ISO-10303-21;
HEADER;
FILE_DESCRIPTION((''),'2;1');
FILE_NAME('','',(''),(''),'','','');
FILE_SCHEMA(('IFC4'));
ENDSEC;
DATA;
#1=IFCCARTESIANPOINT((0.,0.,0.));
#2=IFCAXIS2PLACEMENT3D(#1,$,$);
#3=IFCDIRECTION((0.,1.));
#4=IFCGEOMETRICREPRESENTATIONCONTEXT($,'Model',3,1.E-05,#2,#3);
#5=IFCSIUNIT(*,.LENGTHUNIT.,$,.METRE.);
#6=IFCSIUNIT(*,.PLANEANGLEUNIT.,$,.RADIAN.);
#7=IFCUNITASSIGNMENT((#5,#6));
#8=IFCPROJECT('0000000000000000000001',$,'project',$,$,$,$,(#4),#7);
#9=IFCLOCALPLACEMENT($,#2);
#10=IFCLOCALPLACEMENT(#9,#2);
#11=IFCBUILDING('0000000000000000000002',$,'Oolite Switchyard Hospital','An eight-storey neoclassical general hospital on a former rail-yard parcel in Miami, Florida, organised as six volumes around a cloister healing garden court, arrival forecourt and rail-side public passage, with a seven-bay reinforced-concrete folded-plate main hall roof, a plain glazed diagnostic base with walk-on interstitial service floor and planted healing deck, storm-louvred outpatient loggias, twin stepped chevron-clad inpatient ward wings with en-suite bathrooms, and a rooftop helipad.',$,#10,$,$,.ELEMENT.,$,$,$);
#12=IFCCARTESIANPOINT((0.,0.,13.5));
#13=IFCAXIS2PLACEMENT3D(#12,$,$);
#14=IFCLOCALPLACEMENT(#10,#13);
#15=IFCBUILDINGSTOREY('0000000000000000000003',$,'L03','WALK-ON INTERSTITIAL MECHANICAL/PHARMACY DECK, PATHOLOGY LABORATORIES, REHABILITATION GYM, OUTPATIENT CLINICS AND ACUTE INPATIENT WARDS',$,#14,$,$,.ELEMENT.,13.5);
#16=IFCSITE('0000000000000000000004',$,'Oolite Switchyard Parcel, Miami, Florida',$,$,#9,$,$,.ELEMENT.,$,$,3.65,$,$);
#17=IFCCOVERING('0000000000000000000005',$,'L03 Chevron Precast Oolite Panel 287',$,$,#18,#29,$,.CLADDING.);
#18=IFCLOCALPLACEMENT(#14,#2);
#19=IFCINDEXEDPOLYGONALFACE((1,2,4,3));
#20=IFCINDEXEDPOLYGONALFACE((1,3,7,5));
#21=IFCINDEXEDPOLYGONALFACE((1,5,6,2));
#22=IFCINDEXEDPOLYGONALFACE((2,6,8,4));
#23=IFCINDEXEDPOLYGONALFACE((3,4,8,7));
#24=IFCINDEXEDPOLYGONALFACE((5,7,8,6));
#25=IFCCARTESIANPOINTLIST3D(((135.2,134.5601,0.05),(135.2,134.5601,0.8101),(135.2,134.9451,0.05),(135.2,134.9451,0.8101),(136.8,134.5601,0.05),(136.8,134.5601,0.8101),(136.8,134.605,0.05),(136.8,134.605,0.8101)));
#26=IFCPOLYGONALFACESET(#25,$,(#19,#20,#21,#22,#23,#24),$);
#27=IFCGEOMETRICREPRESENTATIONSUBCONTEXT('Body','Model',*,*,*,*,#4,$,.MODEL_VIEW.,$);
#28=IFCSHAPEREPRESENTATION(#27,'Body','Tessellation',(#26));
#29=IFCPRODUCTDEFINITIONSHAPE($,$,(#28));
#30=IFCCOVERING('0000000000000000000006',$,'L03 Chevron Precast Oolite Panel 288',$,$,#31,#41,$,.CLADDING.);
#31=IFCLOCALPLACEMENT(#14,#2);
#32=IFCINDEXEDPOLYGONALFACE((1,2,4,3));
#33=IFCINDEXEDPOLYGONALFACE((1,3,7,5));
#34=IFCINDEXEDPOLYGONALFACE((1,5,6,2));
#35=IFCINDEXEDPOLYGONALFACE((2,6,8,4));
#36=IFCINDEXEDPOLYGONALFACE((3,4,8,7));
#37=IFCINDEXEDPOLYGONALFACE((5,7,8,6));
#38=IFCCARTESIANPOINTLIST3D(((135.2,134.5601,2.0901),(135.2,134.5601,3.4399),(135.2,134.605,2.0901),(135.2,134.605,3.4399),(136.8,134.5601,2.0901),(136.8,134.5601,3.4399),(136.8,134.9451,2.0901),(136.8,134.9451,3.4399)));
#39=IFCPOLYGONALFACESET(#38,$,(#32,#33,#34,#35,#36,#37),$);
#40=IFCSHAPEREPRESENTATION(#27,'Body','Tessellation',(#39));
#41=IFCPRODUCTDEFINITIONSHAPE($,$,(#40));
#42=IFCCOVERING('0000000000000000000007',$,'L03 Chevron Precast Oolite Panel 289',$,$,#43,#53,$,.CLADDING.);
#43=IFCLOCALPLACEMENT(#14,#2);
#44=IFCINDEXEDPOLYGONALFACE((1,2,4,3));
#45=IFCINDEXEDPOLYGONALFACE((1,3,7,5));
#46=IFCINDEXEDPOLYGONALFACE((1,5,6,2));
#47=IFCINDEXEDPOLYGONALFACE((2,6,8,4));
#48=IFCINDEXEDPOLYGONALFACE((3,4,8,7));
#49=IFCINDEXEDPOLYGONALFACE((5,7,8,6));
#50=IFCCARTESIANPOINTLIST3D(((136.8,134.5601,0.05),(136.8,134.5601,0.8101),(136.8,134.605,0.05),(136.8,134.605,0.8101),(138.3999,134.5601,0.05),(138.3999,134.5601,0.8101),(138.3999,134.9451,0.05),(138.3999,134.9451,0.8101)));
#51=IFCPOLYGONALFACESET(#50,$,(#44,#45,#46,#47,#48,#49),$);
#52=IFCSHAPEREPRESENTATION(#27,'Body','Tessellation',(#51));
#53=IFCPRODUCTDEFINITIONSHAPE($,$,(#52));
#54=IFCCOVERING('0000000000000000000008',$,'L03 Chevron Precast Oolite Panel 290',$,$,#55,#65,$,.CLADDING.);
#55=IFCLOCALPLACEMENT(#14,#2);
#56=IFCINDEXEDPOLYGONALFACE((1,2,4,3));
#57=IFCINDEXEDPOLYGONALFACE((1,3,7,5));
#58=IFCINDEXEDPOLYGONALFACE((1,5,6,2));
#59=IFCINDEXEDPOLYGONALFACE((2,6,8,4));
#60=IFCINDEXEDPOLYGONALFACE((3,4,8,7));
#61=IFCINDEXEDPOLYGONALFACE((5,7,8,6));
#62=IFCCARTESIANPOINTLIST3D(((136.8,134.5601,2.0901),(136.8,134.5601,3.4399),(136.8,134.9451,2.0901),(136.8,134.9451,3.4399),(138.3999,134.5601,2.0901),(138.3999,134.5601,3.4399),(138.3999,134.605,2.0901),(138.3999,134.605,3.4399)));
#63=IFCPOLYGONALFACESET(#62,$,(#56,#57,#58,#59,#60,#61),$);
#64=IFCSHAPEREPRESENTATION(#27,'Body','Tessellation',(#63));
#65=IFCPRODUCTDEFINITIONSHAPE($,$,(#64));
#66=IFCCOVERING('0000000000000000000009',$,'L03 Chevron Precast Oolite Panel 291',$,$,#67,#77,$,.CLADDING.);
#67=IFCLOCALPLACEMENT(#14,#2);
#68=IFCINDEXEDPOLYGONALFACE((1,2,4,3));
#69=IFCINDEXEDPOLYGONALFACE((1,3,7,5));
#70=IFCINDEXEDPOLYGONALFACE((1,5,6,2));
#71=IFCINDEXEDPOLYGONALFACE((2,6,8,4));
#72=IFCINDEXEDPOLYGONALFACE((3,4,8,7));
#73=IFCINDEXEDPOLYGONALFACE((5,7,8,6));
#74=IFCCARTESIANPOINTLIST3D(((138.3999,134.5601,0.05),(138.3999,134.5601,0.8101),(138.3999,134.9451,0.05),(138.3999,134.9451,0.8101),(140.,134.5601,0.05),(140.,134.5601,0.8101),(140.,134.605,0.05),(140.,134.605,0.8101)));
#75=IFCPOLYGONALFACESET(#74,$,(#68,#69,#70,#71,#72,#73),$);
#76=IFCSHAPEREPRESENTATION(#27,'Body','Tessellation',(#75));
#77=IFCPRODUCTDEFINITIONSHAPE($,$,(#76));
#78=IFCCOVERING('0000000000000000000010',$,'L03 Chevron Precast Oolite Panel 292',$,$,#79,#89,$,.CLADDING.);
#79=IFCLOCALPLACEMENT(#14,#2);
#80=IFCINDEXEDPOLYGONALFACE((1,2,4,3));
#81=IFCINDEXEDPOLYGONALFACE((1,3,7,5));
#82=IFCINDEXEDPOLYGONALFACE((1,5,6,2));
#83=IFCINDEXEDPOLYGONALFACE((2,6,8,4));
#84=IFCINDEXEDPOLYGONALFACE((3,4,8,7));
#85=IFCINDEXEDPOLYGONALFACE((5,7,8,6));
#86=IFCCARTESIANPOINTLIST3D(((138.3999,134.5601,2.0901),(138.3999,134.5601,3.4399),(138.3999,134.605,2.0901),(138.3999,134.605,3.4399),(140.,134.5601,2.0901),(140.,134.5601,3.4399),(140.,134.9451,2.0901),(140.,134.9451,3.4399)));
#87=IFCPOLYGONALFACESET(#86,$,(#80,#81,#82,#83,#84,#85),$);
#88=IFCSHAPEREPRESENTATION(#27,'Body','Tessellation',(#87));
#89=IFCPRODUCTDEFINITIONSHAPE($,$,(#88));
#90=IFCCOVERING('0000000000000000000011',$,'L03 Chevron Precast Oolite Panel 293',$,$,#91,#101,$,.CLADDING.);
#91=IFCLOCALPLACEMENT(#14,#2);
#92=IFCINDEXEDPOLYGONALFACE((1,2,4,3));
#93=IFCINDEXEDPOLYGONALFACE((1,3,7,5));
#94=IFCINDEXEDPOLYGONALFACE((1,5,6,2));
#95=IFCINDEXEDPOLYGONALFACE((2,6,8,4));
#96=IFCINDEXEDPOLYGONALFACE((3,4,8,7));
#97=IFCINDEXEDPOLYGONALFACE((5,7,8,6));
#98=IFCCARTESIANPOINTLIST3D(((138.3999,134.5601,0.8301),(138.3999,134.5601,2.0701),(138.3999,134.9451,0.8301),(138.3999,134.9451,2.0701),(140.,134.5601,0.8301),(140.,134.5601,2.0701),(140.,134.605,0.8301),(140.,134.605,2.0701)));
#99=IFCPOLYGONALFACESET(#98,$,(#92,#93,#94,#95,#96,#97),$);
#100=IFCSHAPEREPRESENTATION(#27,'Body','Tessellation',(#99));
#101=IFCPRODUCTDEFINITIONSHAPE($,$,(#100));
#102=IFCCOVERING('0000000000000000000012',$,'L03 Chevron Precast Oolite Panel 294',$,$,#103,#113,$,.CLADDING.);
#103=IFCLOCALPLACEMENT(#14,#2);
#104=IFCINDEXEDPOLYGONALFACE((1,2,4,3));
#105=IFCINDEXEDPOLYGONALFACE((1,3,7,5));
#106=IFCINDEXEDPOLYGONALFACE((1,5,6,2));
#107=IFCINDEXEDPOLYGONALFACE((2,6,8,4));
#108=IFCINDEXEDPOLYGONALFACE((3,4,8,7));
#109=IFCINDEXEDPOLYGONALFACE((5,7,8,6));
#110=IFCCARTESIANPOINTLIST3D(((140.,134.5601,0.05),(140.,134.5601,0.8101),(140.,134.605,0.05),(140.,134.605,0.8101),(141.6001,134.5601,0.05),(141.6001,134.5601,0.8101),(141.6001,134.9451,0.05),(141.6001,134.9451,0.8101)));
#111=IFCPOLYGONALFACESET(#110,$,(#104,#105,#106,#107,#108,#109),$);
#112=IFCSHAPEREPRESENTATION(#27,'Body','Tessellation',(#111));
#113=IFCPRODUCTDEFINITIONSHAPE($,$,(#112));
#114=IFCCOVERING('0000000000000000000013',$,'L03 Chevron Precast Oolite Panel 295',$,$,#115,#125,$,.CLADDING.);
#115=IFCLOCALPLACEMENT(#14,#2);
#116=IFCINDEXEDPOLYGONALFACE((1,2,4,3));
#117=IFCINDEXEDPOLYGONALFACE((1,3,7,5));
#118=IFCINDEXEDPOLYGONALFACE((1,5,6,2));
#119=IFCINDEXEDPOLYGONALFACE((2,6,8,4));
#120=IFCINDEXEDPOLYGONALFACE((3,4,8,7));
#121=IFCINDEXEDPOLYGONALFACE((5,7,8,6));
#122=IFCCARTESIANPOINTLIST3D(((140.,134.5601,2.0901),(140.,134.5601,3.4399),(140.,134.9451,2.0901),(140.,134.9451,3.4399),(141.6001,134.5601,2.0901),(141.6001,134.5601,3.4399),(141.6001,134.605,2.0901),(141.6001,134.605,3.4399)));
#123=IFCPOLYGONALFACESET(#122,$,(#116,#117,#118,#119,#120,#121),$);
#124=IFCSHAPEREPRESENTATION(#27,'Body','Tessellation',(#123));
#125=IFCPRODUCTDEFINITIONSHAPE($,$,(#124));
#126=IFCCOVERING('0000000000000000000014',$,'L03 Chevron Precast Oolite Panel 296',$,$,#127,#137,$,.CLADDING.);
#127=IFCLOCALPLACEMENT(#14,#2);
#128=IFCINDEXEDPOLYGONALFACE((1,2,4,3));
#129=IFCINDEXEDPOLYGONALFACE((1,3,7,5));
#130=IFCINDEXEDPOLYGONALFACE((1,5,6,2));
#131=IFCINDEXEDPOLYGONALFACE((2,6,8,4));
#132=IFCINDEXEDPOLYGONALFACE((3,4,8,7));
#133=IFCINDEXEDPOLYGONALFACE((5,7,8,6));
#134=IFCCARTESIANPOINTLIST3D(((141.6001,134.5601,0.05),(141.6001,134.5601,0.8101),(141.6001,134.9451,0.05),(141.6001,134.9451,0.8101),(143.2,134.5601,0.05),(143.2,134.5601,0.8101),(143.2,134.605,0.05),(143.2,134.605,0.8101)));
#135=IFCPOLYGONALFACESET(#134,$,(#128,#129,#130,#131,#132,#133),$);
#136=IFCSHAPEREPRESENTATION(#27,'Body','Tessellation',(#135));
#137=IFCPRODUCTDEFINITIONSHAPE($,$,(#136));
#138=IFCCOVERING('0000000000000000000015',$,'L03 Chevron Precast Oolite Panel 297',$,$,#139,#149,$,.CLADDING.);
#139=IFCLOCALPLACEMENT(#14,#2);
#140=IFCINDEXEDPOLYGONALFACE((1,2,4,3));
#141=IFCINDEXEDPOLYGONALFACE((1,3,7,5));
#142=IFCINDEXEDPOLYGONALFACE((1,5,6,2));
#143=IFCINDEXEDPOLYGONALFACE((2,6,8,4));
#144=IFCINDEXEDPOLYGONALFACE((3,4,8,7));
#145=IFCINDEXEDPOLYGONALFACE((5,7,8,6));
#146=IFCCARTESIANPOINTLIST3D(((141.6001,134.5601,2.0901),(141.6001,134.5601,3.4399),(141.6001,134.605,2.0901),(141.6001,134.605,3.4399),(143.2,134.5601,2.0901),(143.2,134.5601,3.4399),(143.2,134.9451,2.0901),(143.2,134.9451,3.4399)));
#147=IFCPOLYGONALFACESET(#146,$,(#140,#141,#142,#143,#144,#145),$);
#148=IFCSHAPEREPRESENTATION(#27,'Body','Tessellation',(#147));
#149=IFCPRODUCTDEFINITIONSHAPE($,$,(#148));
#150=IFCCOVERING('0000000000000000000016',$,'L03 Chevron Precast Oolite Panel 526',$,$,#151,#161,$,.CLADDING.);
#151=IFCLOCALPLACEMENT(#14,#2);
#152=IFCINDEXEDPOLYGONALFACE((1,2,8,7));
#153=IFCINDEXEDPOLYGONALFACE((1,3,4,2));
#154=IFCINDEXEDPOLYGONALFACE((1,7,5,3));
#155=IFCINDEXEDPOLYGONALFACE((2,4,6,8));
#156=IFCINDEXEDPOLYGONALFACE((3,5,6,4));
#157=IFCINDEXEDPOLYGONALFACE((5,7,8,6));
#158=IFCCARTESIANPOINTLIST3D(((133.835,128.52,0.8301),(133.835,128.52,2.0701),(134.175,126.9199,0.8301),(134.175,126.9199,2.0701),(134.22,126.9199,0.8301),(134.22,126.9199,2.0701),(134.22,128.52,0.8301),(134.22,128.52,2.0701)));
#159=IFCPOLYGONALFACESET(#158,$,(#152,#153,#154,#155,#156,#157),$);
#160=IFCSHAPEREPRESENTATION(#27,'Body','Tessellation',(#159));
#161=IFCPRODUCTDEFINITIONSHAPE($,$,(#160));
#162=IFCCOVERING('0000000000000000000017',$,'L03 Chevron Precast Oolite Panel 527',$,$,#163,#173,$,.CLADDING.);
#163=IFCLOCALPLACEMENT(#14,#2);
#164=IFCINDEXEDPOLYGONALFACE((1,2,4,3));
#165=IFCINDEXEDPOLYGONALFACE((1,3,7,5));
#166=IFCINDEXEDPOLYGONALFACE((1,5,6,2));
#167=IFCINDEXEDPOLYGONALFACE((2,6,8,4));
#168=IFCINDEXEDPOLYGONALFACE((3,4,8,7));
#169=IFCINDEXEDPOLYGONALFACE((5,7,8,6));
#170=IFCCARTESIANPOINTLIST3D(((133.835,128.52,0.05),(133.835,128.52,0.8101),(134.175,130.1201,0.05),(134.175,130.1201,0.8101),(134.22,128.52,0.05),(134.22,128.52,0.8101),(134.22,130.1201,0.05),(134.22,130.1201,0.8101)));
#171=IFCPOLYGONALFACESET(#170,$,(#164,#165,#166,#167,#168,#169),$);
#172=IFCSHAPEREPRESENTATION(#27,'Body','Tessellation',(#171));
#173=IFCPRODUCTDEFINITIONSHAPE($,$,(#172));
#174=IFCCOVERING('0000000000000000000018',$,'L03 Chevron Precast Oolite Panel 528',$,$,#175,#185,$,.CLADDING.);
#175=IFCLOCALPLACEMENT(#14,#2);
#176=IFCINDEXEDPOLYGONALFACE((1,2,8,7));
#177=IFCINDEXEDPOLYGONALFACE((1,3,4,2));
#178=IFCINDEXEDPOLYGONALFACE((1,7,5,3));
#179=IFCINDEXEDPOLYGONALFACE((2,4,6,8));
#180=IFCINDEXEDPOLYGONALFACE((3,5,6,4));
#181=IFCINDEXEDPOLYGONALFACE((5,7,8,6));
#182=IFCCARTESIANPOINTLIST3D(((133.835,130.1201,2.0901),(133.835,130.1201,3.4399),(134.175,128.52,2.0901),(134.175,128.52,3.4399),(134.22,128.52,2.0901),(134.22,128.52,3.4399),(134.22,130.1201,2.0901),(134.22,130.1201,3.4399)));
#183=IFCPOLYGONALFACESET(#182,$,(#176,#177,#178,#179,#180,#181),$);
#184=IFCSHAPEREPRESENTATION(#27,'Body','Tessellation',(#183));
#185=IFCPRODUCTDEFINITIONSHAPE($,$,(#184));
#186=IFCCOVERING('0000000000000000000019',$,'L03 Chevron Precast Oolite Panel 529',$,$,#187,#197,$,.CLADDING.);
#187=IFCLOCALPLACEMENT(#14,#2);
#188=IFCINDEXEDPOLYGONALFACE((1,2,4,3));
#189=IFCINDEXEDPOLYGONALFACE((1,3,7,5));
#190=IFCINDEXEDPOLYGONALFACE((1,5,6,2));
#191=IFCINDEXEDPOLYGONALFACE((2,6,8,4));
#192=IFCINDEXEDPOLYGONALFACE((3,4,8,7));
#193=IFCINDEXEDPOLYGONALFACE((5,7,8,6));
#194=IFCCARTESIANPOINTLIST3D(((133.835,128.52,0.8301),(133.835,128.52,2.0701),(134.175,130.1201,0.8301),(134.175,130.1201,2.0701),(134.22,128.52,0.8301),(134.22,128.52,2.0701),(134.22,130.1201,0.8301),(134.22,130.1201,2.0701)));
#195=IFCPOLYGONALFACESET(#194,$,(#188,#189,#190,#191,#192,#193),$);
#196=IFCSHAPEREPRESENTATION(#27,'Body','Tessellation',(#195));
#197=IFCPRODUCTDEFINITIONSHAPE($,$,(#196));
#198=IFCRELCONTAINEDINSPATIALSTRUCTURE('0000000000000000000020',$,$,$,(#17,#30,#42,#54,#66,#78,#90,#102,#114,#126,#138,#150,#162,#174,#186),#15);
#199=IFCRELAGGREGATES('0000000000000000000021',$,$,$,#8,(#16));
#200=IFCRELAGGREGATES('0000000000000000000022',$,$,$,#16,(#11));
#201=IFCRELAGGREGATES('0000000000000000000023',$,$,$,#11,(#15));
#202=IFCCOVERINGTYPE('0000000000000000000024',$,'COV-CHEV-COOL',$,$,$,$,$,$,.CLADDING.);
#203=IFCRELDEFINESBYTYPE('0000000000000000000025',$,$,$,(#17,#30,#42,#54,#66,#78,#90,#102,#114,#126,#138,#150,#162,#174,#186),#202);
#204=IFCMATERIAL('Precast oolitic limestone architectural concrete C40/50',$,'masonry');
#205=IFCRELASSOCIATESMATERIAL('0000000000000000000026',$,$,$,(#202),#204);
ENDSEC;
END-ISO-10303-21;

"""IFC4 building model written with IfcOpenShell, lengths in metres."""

from ifc_helpers import new_model, si_unit, direction, frame, origin, place, context, subcontext, project, spatial, polyline, outline, extrude, material, type_object, element, save


model = new_model("IFC4")

# Units and contexts
model_context = context("Model", 3, precision=1e-05, world=origin(), true_north=direction((0.0, 1.0)))
body_context = subcontext(model_context, "Body", "Model", "MODEL_VIEW")
ifc_project = project(units=[si_unit("LENGTHUNIT", "METRE"), si_unit("PLANEANGLEUNIT", "RADIAN")], contexts=[model_context])

# Site, building, storey
site_placement = place(None, origin())
site = spatial("IfcSite", under=ifc_project, at=site_placement, Name="Oolite Switchyard Parcel, Miami, Florida", CompositionType="ELEMENT", RefElevation=3.65)
building_placement = place(site_placement, origin())
building = spatial("IfcBuilding", under=site, at=building_placement, Name="Oolite Switchyard Hospital", Description="An eight-storey neoclassical general hospital on a former rail-yard parcel in Miami, Florida, organised as six volumes around a cloister healing garden court, arrival forecourt and rail-side public passage, with a seven-bay reinforced-concrete folded-plate main hall roof, a plain glazed diagnostic base with walk-on interstitial service floor and planted healing deck, storm-louvred outpatient loggias, twin stepped chevron-clad inpatient ward wings with en-suite bathrooms, and a rooftop helipad.", CompositionType="ELEMENT")
storey_placement = place(building_placement, frame((0.0, 0.0, 13.5)))
storey = spatial("IfcBuildingStorey", under=building, at=storey_placement, Name="L03", Description="WALK-ON INTERSTITIAL MECHANICAL/PHARMACY DECK, PATHOLOGY LABORATORIES, REHABILITATION GYM, OUTPATIENT CLINICS AND ACUTE INPATIENT WARDS", CompositionType="ELEMENT", Elevation=13.5)

# Shared definitions
ifc_material_1 = material(Name="Precast oolitic limestone architectural concrete C40/50", Category="masonry")

# Coverings
covering_type = type_object("IfcCoveringType", Name="COV-CHEV-COOL", PredefinedType="CLADDING", material=ifc_material_1)
covering_1_placement = place(storey_placement, frame((135.2, 134.5601, 0.05), z_axis=(0.0, 0.0, 1.0), x_axis=(1.0, 0.0, 0.0)))
element("IfcCovering", 1, at=covering_1_placement, inside=storey, type_object=covering_type, Name="L03 Chevron Precast Oolite Panel 287", PredefinedType="CLADDING", context=body_context, shape_type="SweptSolid", body=[
    extrude(outline(polyline([(0.0, 0.0), (1.6001, 0.0), (1.6001, 0.0449), (0.0, 0.385), (0.0, 0.0)])), origin(), (0.0, 0.0, 1.0), 0.76),
])
covering_2_placement = place(storey_placement, frame((135.2, 134.5601, 2.0901), z_axis=(0.0, 0.0, 1.0), x_axis=(1.0, 0.0, 0.0)))
element("IfcCovering", 2, at=covering_2_placement, inside=storey, type_object=covering_type, Name="L03 Chevron Precast Oolite Panel 288", PredefinedType="CLADDING", context=body_context, shape_type="SweptSolid", body=[
    extrude(outline(polyline([(0.0, 0.0), (1.6001, 0.0), (1.6001, 0.385), (0.0, 0.0449), (0.0, 0.0)])), origin(), (0.0, 0.0, 1.0), 1.3499),
])
covering_3_placement = place(storey_placement, frame((136.8, 134.5601, 0.05), z_axis=(0.0, 0.0, 1.0), x_axis=(1.0, 0.0, 0.0)))
element("IfcCovering", 3, at=covering_3_placement, inside=storey, type_object=covering_type, Name="L03 Chevron Precast Oolite Panel 289", PredefinedType="CLADDING", context=body_context, shape_type="SweptSolid", body=[
    extrude(outline(polyline([(0.0, 0.0), (1.5999, 0.0), (1.5999, 0.385), (0.0, 0.0449), (0.0, 0.0)])), origin(), (0.0, 0.0, 1.0), 0.76),
])
covering_4_placement = place(storey_placement, frame((136.8, 134.5601, 2.0901), z_axis=(0.0, 0.0, 1.0), x_axis=(1.0, 0.0, 0.0)))
element("IfcCovering", 4, at=covering_4_placement, inside=storey, type_object=covering_type, Name="L03 Chevron Precast Oolite Panel 290", PredefinedType="CLADDING", context=body_context, shape_type="SweptSolid", body=[
    extrude(outline(polyline([(0.0, 0.0), (1.5999, 0.0), (1.5999, 0.0449), (0.0, 0.385), (0.0, 0.0)])), origin(), (0.0, 0.0, 1.0), 1.3499),
])
covering_5_placement = place(storey_placement, frame((138.3999, 134.5601, 0.05), z_axis=(0.0, 0.0, 1.0), x_axis=(1.0, 0.0, 0.0)))
element("IfcCovering", 5, at=covering_5_placement, inside=storey, type_object=covering_type, Name="L03 Chevron Precast Oolite Panel 291", PredefinedType="CLADDING", context=body_context, shape_type="SweptSolid", body=[
    extrude(outline(polyline([(0.0, 0.0), (1.6001, 0.0), (1.6001, 0.0449), (0.0, 0.385), (0.0, 0.0)])), origin(), (0.0, 0.0, 1.0), 0.76),
])
covering_6_placement = place(storey_placement, frame((138.3999, 134.5601, 2.0901), z_axis=(0.0, 0.0, 1.0), x_axis=(1.0, 0.0, 0.0)))
element("IfcCovering", 6, at=covering_6_placement, inside=storey, type_object=covering_type, Name="L03 Chevron Precast Oolite Panel 292", PredefinedType="CLADDING", context=body_context, shape_type="SweptSolid", body=[
    extrude(outline(polyline([(0.0, 0.0), (1.6001, 0.0), (1.6001, 0.385), (0.0, 0.0449), (0.0, 0.0)])), origin(), (0.0, 0.0, 1.0), 1.3499),
])
covering_7_placement = place(storey_placement, frame((138.3999, 134.5601, 0.8301), z_axis=(0.0, 0.0, 1.0), x_axis=(1.0, 0.0, 0.0)))
element("IfcCovering", 7, at=covering_7_placement, inside=storey, type_object=covering_type, Name="L03 Chevron Precast Oolite Panel 293", PredefinedType="CLADDING", context=body_context, shape_type="SweptSolid", body=[
    extrude(outline(polyline([(0.0, 0.0), (1.6001, 0.0), (1.6001, 0.0449), (0.0, 0.385), (0.0, 0.0)])), origin(), (0.0, 0.0, 1.0), 1.24),
])
covering_8_placement = place(storey_placement, frame((140.0, 134.5601, 0.05), z_axis=(0.0, 0.0, 1.0), x_axis=(1.0, 0.0, 0.0)))
element("IfcCovering", 8, at=covering_8_placement, inside=storey, type_object=covering_type, Name="L03 Chevron Precast Oolite Panel 294", PredefinedType="CLADDING", context=body_context, shape_type="SweptSolid", body=[
    extrude(outline(polyline([(0.0, 0.0), (1.6001, 0.0), (1.6001, 0.385), (0.0, 0.0449), (0.0, 0.0)])), origin(), (0.0, 0.0, 1.0), 0.76),
])
covering_9_placement = place(storey_placement, frame((140.0, 134.5601, 2.0901), z_axis=(0.0, 0.0, 1.0), x_axis=(1.0, 0.0, 0.0)))
element("IfcCovering", 9, at=covering_9_placement, inside=storey, type_object=covering_type, Name="L03 Chevron Precast Oolite Panel 295", PredefinedType="CLADDING", context=body_context, shape_type="SweptSolid", body=[
    extrude(outline(polyline([(0.0, 0.0), (1.6001, 0.0), (1.6001, 0.0449), (0.0, 0.385), (0.0, 0.0)])), origin(), (0.0, 0.0, 1.0), 1.3499),
])
covering_10_placement = place(storey_placement, frame((141.6001, 134.5601, 0.05), z_axis=(0.0, 0.0, 1.0), x_axis=(1.0, 0.0, 0.0)))
element("IfcCovering", 10, at=covering_10_placement, inside=storey, type_object=covering_type, Name="L03 Chevron Precast Oolite Panel 296", PredefinedType="CLADDING", context=body_context, shape_type="SweptSolid", body=[
    extrude(outline(polyline([(0.0, 0.0), (1.5999, 0.0), (1.5999, 0.0449), (0.0, 0.385), (0.0, 0.0)])), origin(), (0.0, 0.0, 1.0), 0.76),
])
covering_11_placement = place(storey_placement, frame((141.6001, 134.5601, 2.0901), z_axis=(0.0, 0.0, 1.0), x_axis=(1.0, 0.0, 0.0)))
element("IfcCovering", 11, at=covering_11_placement, inside=storey, type_object=covering_type, Name="L03 Chevron Precast Oolite Panel 297", PredefinedType="CLADDING", context=body_context, shape_type="SweptSolid", body=[
    extrude(outline(polyline([(0.0, 0.0), (1.5999, 0.0), (1.5999, 0.385), (0.0, 0.0449), (0.0, 0.0)])), origin(), (0.0, 0.0, 1.0), 1.3499),
])
covering_12_placement = place(storey_placement, frame((134.22, 126.9199, 0.8301), z_axis=(0.0, 0.0, 1.0), x_axis=(0.0, 1.0, 0.0)))
element("IfcCovering", 12, at=covering_12_placement, inside=storey, type_object=covering_type, Name="L03 Chevron Precast Oolite Panel 526", PredefinedType="CLADDING", context=body_context, shape_type="SweptSolid", body=[
    extrude(outline(polyline([(0.0, 0.0), (1.6001, 0.0), (1.6001, 0.385), (0.0, 0.0449), (0.0, 0.0)])), origin(), (0.0, 0.0, 1.0), 1.24),
])
covering_13_placement = place(storey_placement, frame((134.22, 128.52, 0.05), z_axis=(0.0, 0.0, 1.0), x_axis=(0.0, 1.0, 0.0)))
element("IfcCovering", 13, at=covering_13_placement, inside=storey, type_object=covering_type, Name="L03 Chevron Precast Oolite Panel 527", PredefinedType="CLADDING", context=body_context, shape_type="SweptSolid", body=[
    extrude(outline(polyline([(0.0, 0.0), (1.6001, 0.0), (1.6001, 0.0449), (0.0, 0.385), (0.0, 0.0)])), origin(), (0.0, 0.0, 1.0), 0.76),
])
covering_14_placement = place(storey_placement, frame((134.22, 128.52, 2.0901), z_axis=(0.0, 0.0, 1.0), x_axis=(0.0, 1.0, 0.0)))
element("IfcCovering", 14, at=covering_14_placement, inside=storey, type_object=covering_type, Name="L03 Chevron Precast Oolite Panel 528", PredefinedType="CLADDING", context=body_context, shape_type="SweptSolid", body=[
    extrude(outline(polyline([(0.0, 0.0), (1.6001, 0.0), (1.6001, 0.385), (0.0, 0.0449), (0.0, 0.0)])), origin(), (0.0, 0.0, 1.0), 1.3499),
])
covering_15_placement = place(storey_placement, frame((134.22, 128.52, 0.8301), z_axis=(0.0, 0.0, 1.0), x_axis=(0.0, 1.0, 0.0)))
element("IfcCovering", 15, at=covering_15_placement, inside=storey, type_object=covering_type, Name="L03 Chevron Precast Oolite Panel 529", PredefinedType="CLADDING", context=body_context, shape_type="SweptSolid", body=[
    extrude(outline(polyline([(0.0, 0.0), (1.6001, 0.0), (1.6001, 0.0449), (0.0, 0.385), (0.0, 0.0)])), origin(), (0.0, 0.0, 1.0), 1.24),
])

save(model, "model.ifc")
